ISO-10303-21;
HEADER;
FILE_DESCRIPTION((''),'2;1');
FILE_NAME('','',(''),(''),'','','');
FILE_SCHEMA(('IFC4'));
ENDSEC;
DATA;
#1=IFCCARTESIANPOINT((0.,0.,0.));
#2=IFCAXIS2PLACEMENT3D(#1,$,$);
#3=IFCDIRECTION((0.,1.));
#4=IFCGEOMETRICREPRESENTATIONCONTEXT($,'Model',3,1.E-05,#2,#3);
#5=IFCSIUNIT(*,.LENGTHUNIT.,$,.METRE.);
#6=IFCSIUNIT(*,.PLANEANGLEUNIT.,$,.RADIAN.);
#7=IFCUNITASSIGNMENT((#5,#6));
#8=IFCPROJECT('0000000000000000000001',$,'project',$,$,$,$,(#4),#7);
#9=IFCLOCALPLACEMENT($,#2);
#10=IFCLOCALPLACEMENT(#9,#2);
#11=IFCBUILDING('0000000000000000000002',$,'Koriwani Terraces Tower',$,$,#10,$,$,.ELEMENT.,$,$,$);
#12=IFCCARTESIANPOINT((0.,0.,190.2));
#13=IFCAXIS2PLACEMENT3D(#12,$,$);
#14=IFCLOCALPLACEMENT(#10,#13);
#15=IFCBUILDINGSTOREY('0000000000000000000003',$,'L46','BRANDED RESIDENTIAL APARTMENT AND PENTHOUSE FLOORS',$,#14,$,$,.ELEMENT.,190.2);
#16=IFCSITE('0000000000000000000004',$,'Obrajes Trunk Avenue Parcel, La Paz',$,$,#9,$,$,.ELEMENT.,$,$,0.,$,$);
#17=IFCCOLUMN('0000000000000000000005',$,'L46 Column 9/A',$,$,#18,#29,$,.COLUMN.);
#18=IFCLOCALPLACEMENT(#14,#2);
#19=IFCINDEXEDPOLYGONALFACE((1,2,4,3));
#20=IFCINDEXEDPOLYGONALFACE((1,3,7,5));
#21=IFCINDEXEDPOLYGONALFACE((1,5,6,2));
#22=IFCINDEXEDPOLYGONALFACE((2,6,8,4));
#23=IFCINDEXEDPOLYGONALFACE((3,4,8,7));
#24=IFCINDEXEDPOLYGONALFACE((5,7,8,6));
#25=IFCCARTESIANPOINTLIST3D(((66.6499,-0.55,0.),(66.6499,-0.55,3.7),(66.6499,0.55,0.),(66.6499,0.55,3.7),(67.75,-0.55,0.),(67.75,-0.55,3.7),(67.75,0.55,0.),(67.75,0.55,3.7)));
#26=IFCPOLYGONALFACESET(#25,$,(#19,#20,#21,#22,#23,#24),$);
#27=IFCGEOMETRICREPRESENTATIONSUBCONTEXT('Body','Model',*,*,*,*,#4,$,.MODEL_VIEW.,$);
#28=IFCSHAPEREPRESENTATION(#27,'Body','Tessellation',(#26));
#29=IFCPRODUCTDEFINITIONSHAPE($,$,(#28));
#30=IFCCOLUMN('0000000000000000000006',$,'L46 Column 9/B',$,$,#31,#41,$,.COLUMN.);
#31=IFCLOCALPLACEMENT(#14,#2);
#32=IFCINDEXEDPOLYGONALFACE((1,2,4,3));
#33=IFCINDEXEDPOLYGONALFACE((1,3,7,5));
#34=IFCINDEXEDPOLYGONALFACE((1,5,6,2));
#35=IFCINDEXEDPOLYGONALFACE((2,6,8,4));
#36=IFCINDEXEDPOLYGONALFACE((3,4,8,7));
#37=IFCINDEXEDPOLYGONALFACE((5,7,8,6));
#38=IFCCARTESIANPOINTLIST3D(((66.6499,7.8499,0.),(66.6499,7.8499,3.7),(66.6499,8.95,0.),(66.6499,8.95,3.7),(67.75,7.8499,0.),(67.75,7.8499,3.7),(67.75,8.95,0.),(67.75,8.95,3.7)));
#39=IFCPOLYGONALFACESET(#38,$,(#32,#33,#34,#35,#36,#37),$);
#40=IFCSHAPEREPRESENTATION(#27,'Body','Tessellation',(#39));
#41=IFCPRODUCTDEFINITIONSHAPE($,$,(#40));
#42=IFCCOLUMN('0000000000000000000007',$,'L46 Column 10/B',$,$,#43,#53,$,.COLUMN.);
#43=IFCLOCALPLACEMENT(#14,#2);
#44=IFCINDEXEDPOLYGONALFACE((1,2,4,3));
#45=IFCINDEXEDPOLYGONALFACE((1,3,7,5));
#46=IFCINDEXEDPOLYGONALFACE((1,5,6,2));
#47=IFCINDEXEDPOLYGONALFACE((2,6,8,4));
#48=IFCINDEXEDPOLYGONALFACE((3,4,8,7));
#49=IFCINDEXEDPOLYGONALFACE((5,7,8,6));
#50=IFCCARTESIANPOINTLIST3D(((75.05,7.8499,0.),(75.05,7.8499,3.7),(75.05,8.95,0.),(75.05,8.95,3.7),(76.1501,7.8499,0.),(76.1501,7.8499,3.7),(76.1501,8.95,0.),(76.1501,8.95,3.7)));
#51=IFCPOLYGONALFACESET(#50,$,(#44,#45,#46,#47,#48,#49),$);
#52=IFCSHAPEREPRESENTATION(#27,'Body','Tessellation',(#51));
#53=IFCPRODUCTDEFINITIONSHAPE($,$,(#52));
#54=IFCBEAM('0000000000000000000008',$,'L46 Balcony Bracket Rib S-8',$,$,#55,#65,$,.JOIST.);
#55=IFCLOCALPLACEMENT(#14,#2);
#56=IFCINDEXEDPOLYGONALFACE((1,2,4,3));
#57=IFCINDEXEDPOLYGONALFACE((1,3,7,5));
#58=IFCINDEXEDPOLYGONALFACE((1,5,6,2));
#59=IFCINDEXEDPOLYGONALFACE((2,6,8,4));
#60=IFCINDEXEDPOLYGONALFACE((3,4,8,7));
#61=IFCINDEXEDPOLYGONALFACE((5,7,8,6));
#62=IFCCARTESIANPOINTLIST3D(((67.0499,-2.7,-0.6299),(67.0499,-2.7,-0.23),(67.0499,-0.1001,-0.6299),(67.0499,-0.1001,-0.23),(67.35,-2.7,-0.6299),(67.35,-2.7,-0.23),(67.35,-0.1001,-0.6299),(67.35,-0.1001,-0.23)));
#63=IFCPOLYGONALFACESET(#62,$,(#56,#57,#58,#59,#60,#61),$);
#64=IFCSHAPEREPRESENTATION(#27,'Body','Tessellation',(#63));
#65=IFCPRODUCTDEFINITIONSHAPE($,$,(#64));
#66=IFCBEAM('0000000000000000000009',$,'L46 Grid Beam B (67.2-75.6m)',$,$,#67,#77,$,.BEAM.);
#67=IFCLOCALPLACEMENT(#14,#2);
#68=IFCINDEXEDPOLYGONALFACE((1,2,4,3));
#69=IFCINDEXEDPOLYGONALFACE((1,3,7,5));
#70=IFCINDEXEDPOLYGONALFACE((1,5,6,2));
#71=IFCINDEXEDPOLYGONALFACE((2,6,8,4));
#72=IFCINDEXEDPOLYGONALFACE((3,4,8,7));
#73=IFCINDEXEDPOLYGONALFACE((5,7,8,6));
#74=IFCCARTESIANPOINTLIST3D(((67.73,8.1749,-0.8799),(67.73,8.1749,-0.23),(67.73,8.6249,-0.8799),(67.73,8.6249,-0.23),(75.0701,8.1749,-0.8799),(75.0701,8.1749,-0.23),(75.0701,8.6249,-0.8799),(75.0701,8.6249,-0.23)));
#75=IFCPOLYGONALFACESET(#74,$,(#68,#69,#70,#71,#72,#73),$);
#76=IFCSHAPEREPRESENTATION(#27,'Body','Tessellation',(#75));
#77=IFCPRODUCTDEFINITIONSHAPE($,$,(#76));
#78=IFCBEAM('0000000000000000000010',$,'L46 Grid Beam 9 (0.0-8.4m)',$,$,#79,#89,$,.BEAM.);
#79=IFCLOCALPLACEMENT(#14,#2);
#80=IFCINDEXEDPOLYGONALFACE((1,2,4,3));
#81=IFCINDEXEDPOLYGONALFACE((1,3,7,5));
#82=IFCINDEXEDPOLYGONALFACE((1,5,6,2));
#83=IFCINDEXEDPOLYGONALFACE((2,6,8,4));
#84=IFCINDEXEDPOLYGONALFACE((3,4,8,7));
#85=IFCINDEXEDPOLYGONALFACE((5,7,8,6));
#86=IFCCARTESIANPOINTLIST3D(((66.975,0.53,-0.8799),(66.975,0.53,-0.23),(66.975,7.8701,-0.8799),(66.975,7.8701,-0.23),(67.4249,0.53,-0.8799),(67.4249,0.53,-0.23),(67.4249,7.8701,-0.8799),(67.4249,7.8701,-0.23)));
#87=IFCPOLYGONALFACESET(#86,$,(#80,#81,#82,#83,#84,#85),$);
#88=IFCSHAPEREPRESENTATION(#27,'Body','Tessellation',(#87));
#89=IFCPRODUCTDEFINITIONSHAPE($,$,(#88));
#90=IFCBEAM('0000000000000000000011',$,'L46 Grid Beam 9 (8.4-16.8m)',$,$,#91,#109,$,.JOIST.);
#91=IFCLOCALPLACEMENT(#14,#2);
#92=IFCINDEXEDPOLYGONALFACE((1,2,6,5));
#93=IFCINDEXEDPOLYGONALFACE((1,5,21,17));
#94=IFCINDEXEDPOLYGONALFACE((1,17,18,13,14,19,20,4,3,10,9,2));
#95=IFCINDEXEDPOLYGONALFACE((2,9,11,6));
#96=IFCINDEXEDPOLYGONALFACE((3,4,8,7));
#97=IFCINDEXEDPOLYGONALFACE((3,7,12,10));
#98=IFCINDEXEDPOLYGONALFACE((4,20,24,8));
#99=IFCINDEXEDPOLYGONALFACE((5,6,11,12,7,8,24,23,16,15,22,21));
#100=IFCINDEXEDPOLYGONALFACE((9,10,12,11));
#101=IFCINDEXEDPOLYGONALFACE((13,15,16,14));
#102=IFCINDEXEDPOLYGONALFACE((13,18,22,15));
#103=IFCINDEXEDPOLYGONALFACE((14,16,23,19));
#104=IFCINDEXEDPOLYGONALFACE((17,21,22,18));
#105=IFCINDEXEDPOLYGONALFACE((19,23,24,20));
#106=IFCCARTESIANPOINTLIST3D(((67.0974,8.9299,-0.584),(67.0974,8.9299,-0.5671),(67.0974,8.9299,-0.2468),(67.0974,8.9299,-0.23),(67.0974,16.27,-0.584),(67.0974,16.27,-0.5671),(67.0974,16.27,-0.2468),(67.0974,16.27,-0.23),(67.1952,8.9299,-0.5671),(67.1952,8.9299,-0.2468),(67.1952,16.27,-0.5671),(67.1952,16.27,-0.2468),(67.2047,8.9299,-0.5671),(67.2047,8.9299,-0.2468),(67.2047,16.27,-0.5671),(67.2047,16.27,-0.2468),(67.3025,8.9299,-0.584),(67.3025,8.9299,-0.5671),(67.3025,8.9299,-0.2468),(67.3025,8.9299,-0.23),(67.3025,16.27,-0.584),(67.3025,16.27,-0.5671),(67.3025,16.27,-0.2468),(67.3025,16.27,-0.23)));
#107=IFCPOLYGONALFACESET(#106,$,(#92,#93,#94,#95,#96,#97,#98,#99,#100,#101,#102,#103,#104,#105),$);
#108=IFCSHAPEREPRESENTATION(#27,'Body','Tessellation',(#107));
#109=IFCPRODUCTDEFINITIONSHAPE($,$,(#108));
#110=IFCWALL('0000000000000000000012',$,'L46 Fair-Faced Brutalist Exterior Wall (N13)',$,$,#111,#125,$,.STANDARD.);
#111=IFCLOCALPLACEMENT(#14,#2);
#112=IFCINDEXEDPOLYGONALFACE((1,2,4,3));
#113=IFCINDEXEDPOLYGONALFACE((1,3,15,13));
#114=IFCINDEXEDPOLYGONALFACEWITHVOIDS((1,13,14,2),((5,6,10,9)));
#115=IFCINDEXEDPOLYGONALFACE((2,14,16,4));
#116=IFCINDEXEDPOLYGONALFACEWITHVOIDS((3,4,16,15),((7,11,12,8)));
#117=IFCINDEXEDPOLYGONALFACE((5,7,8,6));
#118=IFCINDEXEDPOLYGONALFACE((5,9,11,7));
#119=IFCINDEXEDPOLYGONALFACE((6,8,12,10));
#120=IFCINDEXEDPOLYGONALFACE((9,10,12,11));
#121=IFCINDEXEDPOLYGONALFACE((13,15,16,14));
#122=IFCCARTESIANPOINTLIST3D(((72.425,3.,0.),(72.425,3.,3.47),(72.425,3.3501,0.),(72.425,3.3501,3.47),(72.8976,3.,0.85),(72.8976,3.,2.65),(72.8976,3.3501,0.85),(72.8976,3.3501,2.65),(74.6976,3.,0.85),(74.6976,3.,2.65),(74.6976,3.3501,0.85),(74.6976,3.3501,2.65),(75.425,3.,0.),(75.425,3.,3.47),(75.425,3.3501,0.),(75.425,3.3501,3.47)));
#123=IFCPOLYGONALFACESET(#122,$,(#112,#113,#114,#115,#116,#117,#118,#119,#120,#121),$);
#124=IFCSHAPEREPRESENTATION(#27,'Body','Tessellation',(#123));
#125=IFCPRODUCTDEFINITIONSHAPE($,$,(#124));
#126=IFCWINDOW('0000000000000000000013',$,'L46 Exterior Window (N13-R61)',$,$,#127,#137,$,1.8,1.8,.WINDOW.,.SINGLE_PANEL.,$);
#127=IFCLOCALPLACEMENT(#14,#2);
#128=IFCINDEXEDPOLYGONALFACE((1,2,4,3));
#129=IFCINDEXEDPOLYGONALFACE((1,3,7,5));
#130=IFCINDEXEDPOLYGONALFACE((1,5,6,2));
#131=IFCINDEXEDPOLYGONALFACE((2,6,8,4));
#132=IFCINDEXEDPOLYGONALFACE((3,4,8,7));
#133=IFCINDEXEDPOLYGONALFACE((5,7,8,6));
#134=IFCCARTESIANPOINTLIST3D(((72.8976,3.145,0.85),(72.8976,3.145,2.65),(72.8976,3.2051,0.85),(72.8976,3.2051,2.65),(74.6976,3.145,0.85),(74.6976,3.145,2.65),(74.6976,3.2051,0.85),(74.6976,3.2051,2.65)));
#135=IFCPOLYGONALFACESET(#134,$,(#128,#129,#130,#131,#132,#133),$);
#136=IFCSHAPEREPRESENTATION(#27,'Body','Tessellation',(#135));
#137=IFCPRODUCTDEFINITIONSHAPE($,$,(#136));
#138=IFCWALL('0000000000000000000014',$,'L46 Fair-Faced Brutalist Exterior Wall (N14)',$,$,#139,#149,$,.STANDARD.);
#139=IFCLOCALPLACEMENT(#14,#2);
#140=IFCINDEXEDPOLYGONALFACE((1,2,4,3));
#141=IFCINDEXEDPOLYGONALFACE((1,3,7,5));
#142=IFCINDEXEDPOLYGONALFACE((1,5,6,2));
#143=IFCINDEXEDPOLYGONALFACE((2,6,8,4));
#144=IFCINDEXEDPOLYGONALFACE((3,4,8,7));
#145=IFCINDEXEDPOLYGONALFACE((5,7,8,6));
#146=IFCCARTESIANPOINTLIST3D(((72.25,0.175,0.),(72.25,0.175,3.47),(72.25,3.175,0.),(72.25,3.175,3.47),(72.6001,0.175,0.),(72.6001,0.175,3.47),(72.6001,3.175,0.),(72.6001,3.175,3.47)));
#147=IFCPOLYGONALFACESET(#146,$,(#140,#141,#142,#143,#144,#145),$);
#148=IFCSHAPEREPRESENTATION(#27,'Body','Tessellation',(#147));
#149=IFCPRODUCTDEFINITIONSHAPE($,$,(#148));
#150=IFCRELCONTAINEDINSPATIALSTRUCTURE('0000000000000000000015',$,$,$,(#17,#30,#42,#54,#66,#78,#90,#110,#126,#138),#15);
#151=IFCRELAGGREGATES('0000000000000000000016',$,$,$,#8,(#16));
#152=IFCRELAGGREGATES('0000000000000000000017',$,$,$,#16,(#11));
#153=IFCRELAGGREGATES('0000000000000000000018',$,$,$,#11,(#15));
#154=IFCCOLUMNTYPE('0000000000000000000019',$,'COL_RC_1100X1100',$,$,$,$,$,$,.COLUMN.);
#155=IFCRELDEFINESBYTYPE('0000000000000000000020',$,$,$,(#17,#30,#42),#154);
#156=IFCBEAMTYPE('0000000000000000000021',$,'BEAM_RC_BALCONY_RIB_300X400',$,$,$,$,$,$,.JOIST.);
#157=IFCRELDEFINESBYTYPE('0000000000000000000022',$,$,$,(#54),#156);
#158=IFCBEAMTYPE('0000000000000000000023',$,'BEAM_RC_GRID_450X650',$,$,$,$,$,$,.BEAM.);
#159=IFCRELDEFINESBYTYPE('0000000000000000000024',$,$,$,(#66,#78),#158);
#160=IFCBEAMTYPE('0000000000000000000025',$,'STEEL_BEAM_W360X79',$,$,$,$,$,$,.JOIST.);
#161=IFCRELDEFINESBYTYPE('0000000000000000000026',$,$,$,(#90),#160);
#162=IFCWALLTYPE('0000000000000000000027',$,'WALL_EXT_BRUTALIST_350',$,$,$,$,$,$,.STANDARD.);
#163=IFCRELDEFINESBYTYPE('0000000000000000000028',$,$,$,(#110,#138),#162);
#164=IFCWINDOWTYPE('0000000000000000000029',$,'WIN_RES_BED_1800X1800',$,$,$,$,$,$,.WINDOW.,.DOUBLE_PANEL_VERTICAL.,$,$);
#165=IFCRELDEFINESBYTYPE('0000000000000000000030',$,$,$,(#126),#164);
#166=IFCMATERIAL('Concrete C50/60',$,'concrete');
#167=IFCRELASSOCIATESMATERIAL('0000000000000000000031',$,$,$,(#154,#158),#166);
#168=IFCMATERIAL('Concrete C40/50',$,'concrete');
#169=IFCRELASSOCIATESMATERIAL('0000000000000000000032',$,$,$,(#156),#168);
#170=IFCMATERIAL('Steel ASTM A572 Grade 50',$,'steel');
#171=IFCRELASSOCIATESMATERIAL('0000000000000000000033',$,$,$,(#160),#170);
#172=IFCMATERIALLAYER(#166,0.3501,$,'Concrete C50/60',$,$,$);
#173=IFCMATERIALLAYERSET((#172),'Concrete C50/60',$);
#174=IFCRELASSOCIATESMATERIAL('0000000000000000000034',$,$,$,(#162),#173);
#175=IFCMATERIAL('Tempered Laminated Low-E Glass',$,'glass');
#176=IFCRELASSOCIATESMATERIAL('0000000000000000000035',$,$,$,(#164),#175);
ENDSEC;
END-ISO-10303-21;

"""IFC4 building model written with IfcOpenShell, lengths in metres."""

from ifc_helpers import new_model, si_unit, direction, frame, frame_2d, origin, origin_2d, place, context, subcontext, project, spatial, rectangle, i_section, extrude, material, layer, layer_set, material_profile, profile_set, type_object, element, fill, save


model = new_model("IFC4")

# Units and contexts
model_context = context("Model", 3, precision=1e-05, world=origin(), true_north=direction((0.0, 1.0)))
body_context = subcontext(model_context, "Body", "Model", "MODEL_VIEW")
ifc_project = project(units=[si_unit("LENGTHUNIT", "METRE"), si_unit("PLANEANGLEUNIT", "RADIAN")], contexts=[model_context])

# Site, building, storey
site_placement = place(None, origin())
site = spatial("IfcSite", under=ifc_project, at=site_placement, Name="Obrajes Trunk Avenue Parcel, La Paz", CompositionType="ELEMENT", RefElevation=0.0)
building_placement = place(site_placement, origin())
building = spatial("IfcBuilding", under=site, at=building_placement, Name="Koriwani Terraces Tower", CompositionType="ELEMENT")
storey_placement = place(building_placement, frame((0.0, 0.0, 190.2)))
storey = spatial("IfcBuildingStorey", under=building, at=storey_placement, Name="L46", Description="BRANDED RESIDENTIAL APARTMENT AND PENTHOUSE FLOORS", CompositionType="ELEMENT", Elevation=190.2)

# Columns
ifc_material_1 = material(Name="Concrete C50/60", Category="concrete")
ifc_material_profile_1 = material_profile(ifc_material_1, rectangle(XDim=1.1001, YDim=1.1001, at=origin_2d()), Name="Concrete C50/60", Category="LoadBearing")
ifc_profile_set_1 = profile_set([ifc_material_profile_1], Name="Concrete C50/60")
column_type = type_object("IfcColumnType", Name="COL_RC_1100X1100", PredefinedType="COLUMN", material=ifc_profile_set_1)
for number, where, z_axis, x_axis, name in (
    (1, (67.2, 0.0, 0.0), (0.0, 0.0, 1.0), (1.0, 0.0, 0.0), "L46 Column 9/A"),
    (2, (67.2, 8.3999, 0.0), (0.0, 0.0, 1.0), (1.0, 0.0, 0.0), "L46 Column 9/B"),
    (3, (75.6001, 8.3999, 0.0), (0.0, 0.0, 1.0), (1.0, 0.0, 0.0), "L46 Column 10/B"),
):
    element("IfcColumn", number, at=place(storey_placement, frame(where, z_axis=z_axis, x_axis=x_axis)), inside=storey, type_object=column_type, Name=name, PredefinedType="COLUMN", context=body_context, shape_type="SweptSolid", body=[
        extrude(rectangle(XDim=1.1001, YDim=1.1001, at=origin_2d()), origin(), (0.0, 0.0, 1.0), 3.7),
    ])

# Beams
ifc_material_2 = material(Name="Concrete C40/50", Category="concrete")
ifc_material_profile_2 = material_profile(ifc_material_2, rectangle(XDim=0.3, YDim=0.3999, at=origin_2d()), Name="Concrete C40/50", Category="LoadBearing")
ifc_profile_set_2 = profile_set([ifc_material_profile_2], Name="Concrete C40/50")
beam_type_1 = type_object("IfcBeamType", Name="BEAM_RC_BALCONY_RIB_300X400", PredefinedType="JOIST", material=ifc_profile_set_2)
beam_1_placement = place(storey_placement, frame((67.2, -2.7, -0.4299), z_axis=(0.0, 1.0, 0.0), x_axis=(-1.0, 0.0, 0.0)))
element("IfcBeam", 4, at=beam_1_placement, inside=storey, type_object=beam_type_1, Name="L46 Balcony Bracket Rib S-8", PredefinedType="JOIST", context=body_context, shape_type="SweptSolid", body=[
    extrude(rectangle(XDim=0.3, YDim=0.3999, at=origin_2d()), origin(), (0.0, 0.0, 1.0), 2.5999),
])
ifc_material_profile_3 = material_profile(ifc_material_1, rectangle(XDim=0.45, YDim=0.6499, at=origin_2d()), Name="Concrete C50/60", Category="LoadBearing")
ifc_profile_set_3 = profile_set([ifc_material_profile_3], Name="Concrete C50/60")
beam_type_2 = type_object("IfcBeamType", Name="BEAM_RC_GRID_450X650", PredefinedType="BEAM", material=ifc_profile_set_3)
for number, where, z_axis, x_axis, name in (
    (5, (67.73, 8.3999, -0.5549), (1.0, 0.0, 0.0), (0.0, 1.0, 0.0), "L46 Grid Beam B (67.2-75.6m)"),
    (6, (67.2, 0.53, -0.5549), (0.0, 1.0, 0.0), (-1.0, 0.0, 0.0), "L46 Grid Beam 9 (0.0-8.4m)"),
):
    element("IfcBeam", number, at=place(storey_placement, frame(where, z_axis=z_axis, x_axis=x_axis)), inside=storey, type_object=beam_type_2, Name=name, PredefinedType="BEAM", context=body_context, shape_type="SweptSolid", body=[
        extrude(rectangle(XDim=0.45, YDim=0.6499, at=origin_2d()), origin(), (0.0, 0.0, 1.0), 7.3401),
    ])
ifc_material_3 = material(Name="Steel ASTM A572 Grade 50", Category="steel")
ifc_material_profile_4 = material_profile(ifc_material_3, i_section(OverallWidth=0.2051, OverallDepth=0.354, WebThickness=0.0095, FlangeThickness=0.0168, at=origin_2d()), Name="Steel ASTM A572 Grade 50", Category="LoadBearing")
ifc_profile_set_4 = profile_set([ifc_material_profile_4], Name="Steel ASTM A572 Grade 50")
beam_type_3 = type_object("IfcBeamType", Name="STEEL_BEAM_W360X79", PredefinedType="JOIST", material=ifc_profile_set_4)
beam_2_placement = place(storey_placement, frame((67.2, 8.9299, -0.407), z_axis=(0.0, 1.0, 0.0), x_axis=(-1.0, 0.0, 0.0)))
element("IfcBeam", 7, at=beam_2_placement, inside=storey, type_object=beam_type_3, Name="L46 Grid Beam 9 (8.4-16.8m)", PredefinedType="JOIST", context=body_context, shape_type="SweptSolid", body=[
    extrude(i_section(OverallWidth=0.2051, OverallDepth=0.354, WebThickness=0.0095, FlangeThickness=0.0168, at=origin_2d()), origin(), (0.0, 0.0, 1.0), 7.3401),
])

# Wall, opening, window
ifc_layer_1 = layer(ifc_material_1, 0.3501, Name="Concrete C50/60")
ifc_layer_set_1 = layer_set([ifc_layer_1], Name="Concrete C50/60")
wall_type_1 = type_object("IfcWallType", Name="WALL_EXT_BRUTALIST_350", PredefinedType="STANDARD", material=ifc_layer_set_1)
wall_1_placement = place(storey_placement, frame((75.425, 3.175, 0.0), z_axis=(0.0, 0.0, 1.0), x_axis=(-1.0, 0.0, 0.0)))
wall_1 = element("IfcWall", 8, at=wall_1_placement, inside=storey, type_object=wall_type_1, Name="L46 Fair-Faced Brutalist Exterior Wall (N13)", PredefinedType="STANDARD", context=body_context, shape_type="SweptSolid", body=[
    extrude(rectangle(XDim=3.0, YDim=0.3501, at=frame_2d((1.5, 0.0))), origin(), (0.0, 0.0, 1.0), 3.47),
])
opening_1_placement = place(wall_1_placement, frame((0.7275, 0.0, 0.8501)))
opening_1 = element("IfcOpeningElement", 9, at=opening_1_placement, cuts=wall_1, PredefinedType="OPENING", context=body_context, shape_type="SweptSolid", body=[
    extrude(rectangle(XDim=1.8, YDim=1.8, at=frame_2d((0.8999, 0.8999))), frame((0.0, 0.1851, 0.0), z_axis=(0.0, -1.0, 0.0), x_axis=(1.0, 0.0, 0.0)), (0.0, 0.0, 1.0), 0.3701),
])
ifc_material_4 = material(Name="Tempered Laminated Low-E Glass", Category="glass")
window_type_1 = type_object("IfcWindowType", Name="WIN_RES_BED_1800X1800", PartitioningType="DOUBLE_PANEL_VERTICAL", PredefinedType="WINDOW", material=ifc_material_4)
window_1_placement = place(opening_1_placement, origin())
window_1 = element("IfcWindow", 10, at=window_1_placement, inside=storey, type_object=window_type_1, Name="L46 Exterior Window (N13-R61)", OverallHeight=1.8, OverallWidth=1.8, PartitioningType="SINGLE_PANEL", PredefinedType="WINDOW", context=body_context, shape_type="SweptSolid", body=[
    extrude(rectangle(XDim=1.8, YDim=1.8, at=frame_2d((0.8999, 0.8999))), frame((0.0, 0.03, 0.0), z_axis=(0.0, -1.0, 0.0), x_axis=(1.0, 0.0, 0.0)), (0.0, 0.0, 1.0), 0.0601),
])
fill(opening_1, window_1)

# Wall
wall_2_placement = place(storey_placement, frame((72.425, 3.175, 0.0), z_axis=(0.0, 0.0, 1.0), x_axis=(0.0, -1.0, 0.0)))
element("IfcWall", 11, at=wall_2_placement, inside=storey, type_object=wall_type_1, Name="L46 Fair-Faced Brutalist Exterior Wall (N14)", PredefinedType="STANDARD", context=body_context, shape_type="SweptSolid", body=[
    extrude(rectangle(XDim=3.0, YDim=0.3501, at=frame_2d((1.5, 0.0))), origin(), (0.0, 0.0, 1.0), 3.47),
])

save(model, "model.ifc")
